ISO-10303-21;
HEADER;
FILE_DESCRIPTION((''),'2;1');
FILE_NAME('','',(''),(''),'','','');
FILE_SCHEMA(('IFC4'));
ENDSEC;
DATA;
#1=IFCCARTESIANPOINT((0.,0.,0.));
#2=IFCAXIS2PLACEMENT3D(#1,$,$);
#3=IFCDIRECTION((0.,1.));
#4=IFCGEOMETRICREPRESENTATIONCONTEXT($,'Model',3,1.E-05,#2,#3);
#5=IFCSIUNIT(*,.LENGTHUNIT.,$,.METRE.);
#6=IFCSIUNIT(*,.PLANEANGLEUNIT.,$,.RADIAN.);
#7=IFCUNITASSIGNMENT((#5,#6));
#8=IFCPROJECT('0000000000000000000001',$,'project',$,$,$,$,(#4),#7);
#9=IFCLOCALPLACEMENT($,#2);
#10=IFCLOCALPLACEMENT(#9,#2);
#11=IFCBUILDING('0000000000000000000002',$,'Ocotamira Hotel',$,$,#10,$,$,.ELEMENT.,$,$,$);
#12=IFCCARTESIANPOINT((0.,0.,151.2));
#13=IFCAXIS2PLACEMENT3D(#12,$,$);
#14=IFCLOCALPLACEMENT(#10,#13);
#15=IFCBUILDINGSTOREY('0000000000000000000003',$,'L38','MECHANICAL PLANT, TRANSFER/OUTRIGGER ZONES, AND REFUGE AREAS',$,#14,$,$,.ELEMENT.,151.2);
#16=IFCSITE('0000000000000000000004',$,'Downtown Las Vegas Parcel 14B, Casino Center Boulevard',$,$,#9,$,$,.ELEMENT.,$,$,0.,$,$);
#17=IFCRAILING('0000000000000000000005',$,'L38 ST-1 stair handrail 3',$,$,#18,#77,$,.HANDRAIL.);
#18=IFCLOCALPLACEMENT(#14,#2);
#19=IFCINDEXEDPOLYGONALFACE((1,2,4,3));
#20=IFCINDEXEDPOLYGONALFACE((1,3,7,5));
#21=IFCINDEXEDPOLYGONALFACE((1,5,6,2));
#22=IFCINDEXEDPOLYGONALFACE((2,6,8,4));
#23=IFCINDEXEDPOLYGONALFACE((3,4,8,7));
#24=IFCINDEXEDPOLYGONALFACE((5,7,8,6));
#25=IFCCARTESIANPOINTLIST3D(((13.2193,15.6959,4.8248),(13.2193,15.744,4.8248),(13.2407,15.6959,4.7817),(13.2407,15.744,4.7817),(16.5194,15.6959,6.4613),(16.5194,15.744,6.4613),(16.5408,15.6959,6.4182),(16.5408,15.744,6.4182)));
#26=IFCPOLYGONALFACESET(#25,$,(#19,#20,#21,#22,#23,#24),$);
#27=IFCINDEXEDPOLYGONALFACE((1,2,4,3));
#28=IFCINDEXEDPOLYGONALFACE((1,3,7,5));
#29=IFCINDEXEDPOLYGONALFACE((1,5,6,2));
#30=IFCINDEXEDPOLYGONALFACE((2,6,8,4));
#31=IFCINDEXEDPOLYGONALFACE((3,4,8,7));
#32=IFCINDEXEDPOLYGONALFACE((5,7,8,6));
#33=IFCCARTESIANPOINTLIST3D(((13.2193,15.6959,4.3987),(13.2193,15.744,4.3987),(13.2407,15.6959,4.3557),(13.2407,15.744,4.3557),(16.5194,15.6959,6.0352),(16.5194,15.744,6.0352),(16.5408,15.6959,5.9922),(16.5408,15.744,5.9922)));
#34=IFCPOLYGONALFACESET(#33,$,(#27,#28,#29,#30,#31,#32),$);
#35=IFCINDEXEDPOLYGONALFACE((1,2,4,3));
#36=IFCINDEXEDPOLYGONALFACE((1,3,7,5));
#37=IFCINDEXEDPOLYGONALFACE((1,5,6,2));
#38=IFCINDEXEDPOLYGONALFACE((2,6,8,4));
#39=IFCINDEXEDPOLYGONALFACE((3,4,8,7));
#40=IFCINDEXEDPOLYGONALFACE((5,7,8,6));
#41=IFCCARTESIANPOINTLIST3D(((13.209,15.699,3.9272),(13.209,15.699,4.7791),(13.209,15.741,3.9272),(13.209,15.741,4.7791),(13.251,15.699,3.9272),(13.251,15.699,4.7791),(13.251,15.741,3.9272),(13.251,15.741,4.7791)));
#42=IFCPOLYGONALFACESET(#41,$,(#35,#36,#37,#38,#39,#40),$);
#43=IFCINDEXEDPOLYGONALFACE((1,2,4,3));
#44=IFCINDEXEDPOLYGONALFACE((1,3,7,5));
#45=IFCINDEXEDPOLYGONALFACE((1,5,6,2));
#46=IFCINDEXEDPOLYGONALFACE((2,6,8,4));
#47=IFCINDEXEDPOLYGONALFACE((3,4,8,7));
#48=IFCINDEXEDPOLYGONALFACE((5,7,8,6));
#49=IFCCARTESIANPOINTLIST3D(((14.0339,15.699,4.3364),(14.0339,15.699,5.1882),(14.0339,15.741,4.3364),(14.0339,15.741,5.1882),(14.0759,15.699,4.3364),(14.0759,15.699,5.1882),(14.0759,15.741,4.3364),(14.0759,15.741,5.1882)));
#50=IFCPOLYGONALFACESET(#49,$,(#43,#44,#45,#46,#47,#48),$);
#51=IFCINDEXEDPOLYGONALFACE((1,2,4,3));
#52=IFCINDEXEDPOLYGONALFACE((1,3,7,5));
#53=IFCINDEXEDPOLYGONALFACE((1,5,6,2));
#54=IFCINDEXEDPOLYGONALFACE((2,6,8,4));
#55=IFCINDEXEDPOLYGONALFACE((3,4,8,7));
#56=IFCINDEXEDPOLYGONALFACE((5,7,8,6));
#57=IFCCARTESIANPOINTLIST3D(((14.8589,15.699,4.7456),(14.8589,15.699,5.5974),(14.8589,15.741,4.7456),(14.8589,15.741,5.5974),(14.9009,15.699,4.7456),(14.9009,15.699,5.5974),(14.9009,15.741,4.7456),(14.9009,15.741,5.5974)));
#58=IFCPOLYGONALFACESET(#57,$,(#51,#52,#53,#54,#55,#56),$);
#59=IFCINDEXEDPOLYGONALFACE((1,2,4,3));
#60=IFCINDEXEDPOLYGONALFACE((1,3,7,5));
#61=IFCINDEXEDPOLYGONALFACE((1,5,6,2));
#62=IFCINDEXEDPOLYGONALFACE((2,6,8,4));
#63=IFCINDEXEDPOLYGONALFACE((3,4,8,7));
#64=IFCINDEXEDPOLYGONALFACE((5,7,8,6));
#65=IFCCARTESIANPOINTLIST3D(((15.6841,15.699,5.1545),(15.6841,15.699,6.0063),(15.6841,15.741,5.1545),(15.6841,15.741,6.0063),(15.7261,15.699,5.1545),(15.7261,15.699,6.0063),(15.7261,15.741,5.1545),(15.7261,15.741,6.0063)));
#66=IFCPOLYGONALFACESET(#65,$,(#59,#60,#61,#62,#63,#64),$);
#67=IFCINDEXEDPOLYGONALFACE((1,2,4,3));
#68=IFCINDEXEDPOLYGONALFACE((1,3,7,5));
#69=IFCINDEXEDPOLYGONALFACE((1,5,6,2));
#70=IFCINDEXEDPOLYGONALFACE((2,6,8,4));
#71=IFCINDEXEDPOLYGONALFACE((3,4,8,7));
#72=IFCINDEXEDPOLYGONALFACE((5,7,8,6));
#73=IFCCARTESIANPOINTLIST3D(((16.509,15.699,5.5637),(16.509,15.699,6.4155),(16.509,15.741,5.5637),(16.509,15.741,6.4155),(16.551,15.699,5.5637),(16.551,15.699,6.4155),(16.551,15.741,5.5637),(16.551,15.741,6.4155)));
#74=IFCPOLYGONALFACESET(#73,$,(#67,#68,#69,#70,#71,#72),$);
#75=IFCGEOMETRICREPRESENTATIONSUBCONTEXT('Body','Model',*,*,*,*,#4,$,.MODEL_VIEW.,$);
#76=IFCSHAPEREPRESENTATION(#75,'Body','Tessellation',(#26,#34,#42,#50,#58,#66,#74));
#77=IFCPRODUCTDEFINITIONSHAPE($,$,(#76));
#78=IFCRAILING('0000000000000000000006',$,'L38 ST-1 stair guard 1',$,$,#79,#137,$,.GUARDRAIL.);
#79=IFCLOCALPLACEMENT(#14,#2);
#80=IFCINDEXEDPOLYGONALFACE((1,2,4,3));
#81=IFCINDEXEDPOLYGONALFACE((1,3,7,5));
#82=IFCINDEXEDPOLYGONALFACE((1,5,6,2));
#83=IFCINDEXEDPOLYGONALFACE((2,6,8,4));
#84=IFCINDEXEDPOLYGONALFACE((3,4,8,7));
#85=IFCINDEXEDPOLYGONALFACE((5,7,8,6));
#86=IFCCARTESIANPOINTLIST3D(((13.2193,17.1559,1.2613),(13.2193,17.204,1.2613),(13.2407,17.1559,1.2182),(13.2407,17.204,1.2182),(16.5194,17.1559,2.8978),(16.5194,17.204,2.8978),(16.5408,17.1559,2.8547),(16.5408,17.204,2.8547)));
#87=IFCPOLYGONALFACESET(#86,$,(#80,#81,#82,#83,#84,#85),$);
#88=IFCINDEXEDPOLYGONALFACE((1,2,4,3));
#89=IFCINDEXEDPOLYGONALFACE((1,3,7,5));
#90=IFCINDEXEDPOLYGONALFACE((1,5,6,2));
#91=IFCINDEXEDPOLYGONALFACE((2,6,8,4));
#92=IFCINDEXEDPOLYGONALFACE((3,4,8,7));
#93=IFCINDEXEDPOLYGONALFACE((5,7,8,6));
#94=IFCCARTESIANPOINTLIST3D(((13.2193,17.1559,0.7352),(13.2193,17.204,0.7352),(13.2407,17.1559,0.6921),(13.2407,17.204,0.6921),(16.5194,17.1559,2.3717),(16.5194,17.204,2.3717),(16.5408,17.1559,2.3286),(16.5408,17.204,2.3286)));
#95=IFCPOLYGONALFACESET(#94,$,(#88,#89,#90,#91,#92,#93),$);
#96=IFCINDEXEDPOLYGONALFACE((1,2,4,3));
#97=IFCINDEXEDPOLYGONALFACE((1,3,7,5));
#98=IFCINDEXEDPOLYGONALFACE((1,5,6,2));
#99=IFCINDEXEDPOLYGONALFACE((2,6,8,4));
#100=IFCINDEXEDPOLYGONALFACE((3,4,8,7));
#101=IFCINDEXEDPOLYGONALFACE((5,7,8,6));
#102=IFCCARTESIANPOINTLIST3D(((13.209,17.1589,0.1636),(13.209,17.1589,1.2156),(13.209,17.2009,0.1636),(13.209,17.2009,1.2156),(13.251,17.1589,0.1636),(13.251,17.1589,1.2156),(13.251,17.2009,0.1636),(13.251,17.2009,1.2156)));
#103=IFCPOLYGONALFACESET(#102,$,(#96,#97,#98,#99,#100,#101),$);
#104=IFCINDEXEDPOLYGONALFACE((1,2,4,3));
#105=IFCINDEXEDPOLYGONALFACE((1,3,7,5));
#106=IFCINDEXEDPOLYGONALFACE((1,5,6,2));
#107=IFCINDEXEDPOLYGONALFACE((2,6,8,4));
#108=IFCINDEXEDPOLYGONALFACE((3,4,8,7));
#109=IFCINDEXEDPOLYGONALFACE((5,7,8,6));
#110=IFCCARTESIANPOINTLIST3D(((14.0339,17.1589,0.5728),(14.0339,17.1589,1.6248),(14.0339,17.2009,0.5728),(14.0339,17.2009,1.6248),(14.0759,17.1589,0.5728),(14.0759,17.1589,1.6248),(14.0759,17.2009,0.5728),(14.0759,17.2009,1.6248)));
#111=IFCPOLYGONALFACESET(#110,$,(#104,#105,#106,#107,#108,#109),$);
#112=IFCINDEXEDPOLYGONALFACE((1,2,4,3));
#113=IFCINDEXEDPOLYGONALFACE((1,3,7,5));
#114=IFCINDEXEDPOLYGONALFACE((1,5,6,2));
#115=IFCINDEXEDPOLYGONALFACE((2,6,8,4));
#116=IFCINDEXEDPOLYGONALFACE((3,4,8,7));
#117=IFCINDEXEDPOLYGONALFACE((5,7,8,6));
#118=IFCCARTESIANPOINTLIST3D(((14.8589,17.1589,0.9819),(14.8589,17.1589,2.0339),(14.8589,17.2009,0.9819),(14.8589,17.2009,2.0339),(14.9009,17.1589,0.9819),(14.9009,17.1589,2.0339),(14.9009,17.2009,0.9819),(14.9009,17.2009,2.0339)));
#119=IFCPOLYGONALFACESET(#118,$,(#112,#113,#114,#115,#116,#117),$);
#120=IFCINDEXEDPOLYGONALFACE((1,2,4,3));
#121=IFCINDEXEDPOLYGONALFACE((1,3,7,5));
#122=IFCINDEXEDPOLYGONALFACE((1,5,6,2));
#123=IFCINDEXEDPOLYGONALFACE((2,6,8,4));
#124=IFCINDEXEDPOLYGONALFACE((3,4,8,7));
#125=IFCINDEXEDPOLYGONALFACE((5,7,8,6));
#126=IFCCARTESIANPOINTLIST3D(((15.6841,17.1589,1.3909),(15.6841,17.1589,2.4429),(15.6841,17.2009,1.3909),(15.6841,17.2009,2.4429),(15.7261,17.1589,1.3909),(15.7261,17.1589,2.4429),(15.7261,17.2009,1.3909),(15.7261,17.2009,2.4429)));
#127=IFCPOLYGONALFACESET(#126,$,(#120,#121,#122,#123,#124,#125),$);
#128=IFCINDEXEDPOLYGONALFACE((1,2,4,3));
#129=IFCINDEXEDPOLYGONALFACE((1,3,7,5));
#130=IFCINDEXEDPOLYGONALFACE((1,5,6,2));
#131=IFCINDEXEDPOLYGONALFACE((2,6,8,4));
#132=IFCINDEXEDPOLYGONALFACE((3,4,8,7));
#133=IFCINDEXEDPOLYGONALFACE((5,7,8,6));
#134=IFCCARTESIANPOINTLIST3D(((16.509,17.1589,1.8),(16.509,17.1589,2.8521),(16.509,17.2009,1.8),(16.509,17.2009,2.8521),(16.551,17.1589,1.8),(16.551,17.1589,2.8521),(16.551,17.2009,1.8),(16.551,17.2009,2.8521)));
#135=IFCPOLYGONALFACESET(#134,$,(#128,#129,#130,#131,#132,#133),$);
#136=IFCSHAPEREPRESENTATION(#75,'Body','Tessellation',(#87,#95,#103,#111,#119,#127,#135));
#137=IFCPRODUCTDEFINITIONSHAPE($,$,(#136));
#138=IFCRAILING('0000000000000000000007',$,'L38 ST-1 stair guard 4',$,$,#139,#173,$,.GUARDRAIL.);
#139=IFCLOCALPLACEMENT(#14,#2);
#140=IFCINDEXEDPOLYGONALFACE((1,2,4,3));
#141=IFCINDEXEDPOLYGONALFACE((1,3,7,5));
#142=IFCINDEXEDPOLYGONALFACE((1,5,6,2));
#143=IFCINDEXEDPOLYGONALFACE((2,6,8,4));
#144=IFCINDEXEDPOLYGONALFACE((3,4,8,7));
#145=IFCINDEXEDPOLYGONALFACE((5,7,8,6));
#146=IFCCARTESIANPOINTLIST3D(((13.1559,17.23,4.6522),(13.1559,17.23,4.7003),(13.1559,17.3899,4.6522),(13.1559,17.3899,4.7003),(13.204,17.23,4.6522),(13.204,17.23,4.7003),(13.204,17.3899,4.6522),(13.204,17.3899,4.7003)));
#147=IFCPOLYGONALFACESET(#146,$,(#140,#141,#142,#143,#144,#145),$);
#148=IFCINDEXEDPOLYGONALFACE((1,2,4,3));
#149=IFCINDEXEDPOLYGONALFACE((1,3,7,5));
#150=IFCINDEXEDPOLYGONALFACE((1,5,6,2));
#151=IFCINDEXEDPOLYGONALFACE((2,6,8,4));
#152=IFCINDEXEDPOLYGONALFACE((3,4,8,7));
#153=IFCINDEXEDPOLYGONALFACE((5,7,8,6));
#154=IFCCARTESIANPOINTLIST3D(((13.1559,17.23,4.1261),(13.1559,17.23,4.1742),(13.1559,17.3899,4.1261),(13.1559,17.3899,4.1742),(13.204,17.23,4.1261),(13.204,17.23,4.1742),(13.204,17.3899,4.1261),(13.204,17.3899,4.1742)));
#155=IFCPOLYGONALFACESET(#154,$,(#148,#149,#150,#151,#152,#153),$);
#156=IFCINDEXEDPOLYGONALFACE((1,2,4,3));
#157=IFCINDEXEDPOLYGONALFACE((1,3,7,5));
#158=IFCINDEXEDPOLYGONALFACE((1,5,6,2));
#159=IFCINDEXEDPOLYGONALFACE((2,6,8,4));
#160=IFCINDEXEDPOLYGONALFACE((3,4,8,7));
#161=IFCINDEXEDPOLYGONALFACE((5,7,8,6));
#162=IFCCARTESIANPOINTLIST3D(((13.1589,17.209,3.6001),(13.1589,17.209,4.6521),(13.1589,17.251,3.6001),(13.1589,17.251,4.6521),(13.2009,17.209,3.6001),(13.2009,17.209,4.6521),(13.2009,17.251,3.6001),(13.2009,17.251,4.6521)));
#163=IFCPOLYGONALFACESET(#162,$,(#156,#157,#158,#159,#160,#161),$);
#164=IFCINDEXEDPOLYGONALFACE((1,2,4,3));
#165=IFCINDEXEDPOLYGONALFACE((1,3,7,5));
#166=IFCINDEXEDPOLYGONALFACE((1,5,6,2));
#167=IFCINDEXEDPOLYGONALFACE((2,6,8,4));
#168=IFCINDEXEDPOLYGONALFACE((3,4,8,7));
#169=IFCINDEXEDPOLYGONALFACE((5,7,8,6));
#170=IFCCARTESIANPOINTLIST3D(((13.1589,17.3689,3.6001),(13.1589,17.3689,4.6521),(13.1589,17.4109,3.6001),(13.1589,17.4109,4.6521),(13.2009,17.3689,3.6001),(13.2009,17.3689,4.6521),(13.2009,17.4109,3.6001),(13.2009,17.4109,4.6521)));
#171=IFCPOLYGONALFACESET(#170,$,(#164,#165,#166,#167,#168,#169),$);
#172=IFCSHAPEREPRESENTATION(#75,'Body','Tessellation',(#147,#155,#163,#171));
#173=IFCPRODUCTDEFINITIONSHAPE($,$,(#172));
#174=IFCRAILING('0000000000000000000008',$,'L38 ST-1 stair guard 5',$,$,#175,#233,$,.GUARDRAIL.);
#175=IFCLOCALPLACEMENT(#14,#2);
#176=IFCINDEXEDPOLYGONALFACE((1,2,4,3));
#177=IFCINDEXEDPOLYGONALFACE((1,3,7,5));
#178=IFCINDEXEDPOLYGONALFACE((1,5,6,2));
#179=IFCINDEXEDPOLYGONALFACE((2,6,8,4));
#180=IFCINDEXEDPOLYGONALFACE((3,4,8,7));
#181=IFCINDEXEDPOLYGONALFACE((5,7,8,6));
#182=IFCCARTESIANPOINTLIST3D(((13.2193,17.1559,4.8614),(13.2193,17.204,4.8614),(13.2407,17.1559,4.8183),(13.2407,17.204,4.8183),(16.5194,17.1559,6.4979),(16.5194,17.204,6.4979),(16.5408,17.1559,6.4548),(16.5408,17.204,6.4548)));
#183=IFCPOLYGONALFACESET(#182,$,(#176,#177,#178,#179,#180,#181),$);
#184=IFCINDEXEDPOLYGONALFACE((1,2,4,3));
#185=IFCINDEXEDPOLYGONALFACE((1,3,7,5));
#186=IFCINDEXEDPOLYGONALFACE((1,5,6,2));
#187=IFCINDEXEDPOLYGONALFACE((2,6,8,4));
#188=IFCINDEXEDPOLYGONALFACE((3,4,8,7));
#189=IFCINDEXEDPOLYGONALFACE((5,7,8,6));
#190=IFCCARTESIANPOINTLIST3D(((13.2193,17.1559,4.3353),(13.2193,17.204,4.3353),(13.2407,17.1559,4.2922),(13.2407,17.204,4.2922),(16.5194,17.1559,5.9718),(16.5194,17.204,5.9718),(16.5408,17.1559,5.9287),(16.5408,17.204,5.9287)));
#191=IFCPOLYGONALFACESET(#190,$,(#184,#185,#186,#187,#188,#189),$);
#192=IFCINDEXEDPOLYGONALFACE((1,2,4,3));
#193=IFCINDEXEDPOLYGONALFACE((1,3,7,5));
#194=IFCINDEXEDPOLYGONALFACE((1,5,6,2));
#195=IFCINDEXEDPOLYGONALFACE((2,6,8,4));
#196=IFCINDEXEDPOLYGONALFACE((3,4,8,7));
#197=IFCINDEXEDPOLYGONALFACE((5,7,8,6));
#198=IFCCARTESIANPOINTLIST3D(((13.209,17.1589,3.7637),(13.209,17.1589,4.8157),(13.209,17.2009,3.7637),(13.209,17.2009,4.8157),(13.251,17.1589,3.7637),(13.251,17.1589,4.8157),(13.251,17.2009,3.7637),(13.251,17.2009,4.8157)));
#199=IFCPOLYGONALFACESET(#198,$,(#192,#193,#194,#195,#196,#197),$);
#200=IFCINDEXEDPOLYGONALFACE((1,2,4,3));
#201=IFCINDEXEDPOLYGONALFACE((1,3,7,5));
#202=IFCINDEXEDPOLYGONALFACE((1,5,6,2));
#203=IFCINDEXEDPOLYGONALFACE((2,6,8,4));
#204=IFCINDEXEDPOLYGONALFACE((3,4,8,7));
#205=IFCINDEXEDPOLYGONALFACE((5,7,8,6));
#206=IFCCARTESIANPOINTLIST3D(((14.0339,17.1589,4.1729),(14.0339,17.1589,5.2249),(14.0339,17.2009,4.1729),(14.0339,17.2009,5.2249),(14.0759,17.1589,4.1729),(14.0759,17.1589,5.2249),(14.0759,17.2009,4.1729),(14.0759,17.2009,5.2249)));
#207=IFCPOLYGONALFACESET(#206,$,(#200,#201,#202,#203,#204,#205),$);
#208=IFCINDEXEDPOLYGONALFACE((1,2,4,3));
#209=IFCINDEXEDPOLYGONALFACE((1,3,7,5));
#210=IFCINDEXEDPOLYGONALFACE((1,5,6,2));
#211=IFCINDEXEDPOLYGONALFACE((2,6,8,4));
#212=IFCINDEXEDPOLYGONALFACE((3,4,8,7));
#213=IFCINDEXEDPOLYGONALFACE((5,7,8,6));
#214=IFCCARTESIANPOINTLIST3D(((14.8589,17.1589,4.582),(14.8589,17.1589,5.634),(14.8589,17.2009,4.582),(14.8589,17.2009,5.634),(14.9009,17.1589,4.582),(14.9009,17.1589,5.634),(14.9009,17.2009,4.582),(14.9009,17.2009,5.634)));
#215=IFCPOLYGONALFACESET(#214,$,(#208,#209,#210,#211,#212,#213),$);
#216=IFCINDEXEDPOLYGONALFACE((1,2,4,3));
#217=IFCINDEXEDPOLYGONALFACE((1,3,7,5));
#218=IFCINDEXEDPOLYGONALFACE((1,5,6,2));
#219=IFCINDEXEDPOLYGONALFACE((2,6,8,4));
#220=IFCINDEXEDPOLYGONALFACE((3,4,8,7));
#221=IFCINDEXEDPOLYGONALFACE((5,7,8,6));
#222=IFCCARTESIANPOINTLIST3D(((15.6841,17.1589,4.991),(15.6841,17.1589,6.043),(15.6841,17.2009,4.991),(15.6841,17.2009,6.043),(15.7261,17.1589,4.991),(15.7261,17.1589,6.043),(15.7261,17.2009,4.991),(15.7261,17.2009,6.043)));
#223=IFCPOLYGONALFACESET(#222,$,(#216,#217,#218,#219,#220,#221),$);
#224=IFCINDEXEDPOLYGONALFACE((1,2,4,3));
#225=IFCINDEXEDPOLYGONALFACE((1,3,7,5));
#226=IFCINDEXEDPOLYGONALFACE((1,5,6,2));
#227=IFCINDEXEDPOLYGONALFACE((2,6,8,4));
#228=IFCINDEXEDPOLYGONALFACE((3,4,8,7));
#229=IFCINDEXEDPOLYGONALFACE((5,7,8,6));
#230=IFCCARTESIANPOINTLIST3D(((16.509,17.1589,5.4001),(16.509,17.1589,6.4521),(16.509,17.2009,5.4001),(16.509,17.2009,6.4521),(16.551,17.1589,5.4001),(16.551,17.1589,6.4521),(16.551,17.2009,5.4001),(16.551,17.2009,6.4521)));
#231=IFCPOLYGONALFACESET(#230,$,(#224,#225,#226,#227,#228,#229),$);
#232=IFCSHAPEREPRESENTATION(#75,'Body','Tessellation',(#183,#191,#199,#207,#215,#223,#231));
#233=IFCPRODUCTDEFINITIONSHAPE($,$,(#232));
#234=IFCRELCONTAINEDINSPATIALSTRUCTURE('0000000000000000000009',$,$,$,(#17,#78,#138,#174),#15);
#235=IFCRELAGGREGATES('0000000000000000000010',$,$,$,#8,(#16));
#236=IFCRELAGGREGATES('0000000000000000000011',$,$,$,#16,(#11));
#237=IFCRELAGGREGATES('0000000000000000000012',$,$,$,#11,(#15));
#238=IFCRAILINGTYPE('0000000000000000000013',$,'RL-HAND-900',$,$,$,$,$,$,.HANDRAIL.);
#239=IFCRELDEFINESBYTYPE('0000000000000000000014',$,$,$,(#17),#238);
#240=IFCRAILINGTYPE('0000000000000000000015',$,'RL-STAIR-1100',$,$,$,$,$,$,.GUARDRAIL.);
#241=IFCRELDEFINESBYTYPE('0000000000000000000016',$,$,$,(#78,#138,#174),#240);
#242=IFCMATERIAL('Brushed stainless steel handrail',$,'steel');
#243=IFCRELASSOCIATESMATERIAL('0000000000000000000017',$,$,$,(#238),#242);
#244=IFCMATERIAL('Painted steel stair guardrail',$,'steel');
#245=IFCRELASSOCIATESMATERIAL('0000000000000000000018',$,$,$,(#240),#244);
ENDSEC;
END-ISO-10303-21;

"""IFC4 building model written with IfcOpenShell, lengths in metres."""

from ifc_helpers import new_model, si_unit, direction, frame, origin, origin_2d, place, context, subcontext, project, spatial, rectangle, extrude, material, type_object, element, save


model = new_model("IFC4")

# Units and contexts
model_context = context("Model", 3, precision=1e-05, world=origin(), true_north=direction((0.0, 1.0)))
body_context = subcontext(model_context, "Body", "Model", "MODEL_VIEW")
ifc_project = project(units=[si_unit("LENGTHUNIT", "METRE"), si_unit("PLANEANGLEUNIT", "RADIAN")], contexts=[model_context])

# Site, building, storey
site_placement = place(None, origin())
site = spatial("IfcSite", under=ifc_project, at=site_placement, Name="Downtown Las Vegas Parcel 14B, Casino Center Boulevard", CompositionType="ELEMENT", RefElevation=0.0)
building_placement = place(site_placement, origin())
building = spatial("IfcBuilding", under=site, at=building_placement, Name="Ocotamira Hotel", CompositionType="ELEMENT")
storey_placement = place(building_placement, frame((0.0, 0.0, 151.2)))
storey = spatial("IfcBuildingStorey", under=building, at=storey_placement, Name="L38", Description="MECHANICAL PLANT, TRANSFER/OUTRIGGER ZONES, AND REFUGE AREAS", CompositionType="ELEMENT", Elevation=151.2)

# Railings
ifc_material_1 = material(Name="Brushed stainless steel handrail", Category="steel")
railing_type_1 = type_object("IfcRailingType", Name="RL-HAND-900", PredefinedType="HANDRAIL", material=ifc_material_1)
railing_1_placement = place(storey_placement, frame((13.23, 15.72, 3.9272)))
element("IfcRailing", 1, at=railing_1_placement, inside=storey, type_object=railing_type_1, Name="L38 ST-1 stair handrail 3", PredefinedType="HANDRAIL", context=body_context, shape_type="SweptSolid", body=[
    extrude(rectangle(XDim=0.0481, YDim=0.0481, at=origin_2d()), frame((0.0, 0.0, 0.876), z_axis=(0.895894, 0.0, 0.444268), x_axis=(0.0, 1.0, 0.0)), (0.0, 0.0, 1.0), 3.6836),
    extrude(rectangle(XDim=0.0481, YDim=0.0481, at=origin_2d()), frame((0.0, 0.0, 0.45), z_axis=(0.895894, 0.0, 0.444268), x_axis=(0.0, 1.0, 0.0)), (0.0, 0.0, 1.0), 3.6836),
    extrude(rectangle(XDim=0.042, YDim=0.042, at=origin_2d()), origin(), (0.0, 0.0, 1.0), 0.8518),
    extrude(rectangle(XDim=0.042, YDim=0.042, at=origin_2d()), frame((0.825, 0.0, 0.4092)), (0.0, 0.0, 1.0), 0.8518),
    extrude(rectangle(XDim=0.042, YDim=0.042, at=origin_2d()), frame((1.6499, 0.0, 0.8184)), (0.0, 0.0, 1.0), 0.8518),
    extrude(rectangle(XDim=0.042, YDim=0.042, at=origin_2d()), frame((2.4751, 0.0, 1.2273)), (0.0, 0.0, 1.0), 0.8518),
    extrude(rectangle(XDim=0.042, YDim=0.042, at=origin_2d()), frame((3.3, 0.0, 1.6365)), (0.0, 0.0, 1.0), 0.8518),
])
ifc_material_2 = material(Name="Painted steel stair guardrail", Category="steel")
railing_type_2 = type_object("IfcRailingType", Name="RL-STAIR-1100", PredefinedType="GUARDRAIL", material=ifc_material_2)
railing_2_placement = place(storey_placement, frame((13.23, 17.1799, 0.1636)))
element("IfcRailing", 2, at=railing_2_placement, inside=storey, type_object=railing_type_2, Name="L38 ST-1 stair guard 1", PredefinedType="GUARDRAIL", context=body_context, shape_type="SweptSolid", body=[
    extrude(rectangle(XDim=0.0481, YDim=0.0481, at=origin_2d()), frame((0.0, 0.0, 1.0762), z_axis=(0.895894, 0.0, 0.444268), x_axis=(0.0, 1.0, 0.0)), (0.0, 0.0, 1.0), 3.6836),
    extrude(rectangle(XDim=0.0481, YDim=0.0481, at=origin_2d()), frame((0.0, 0.0, 0.55), z_axis=(0.895894, 0.0, 0.444268), x_axis=(0.0, 1.0, 0.0)), (0.0, 0.0, 1.0), 3.6836),
    extrude(rectangle(XDim=0.042, YDim=0.042, at=origin_2d()), origin(), (0.0, 0.0, 1.0), 1.052),
    extrude(rectangle(XDim=0.042, YDim=0.042, at=origin_2d()), frame((0.825, 0.0, 0.4092)), (0.0, 0.0, 1.0), 1.052),
    extrude(rectangle(XDim=0.042, YDim=0.042, at=origin_2d()), frame((1.6499, 0.0, 0.8184)), (0.0, 0.0, 1.0), 1.052),
    extrude(rectangle(XDim=0.042, YDim=0.042, at=origin_2d()), frame((2.4751, 0.0, 1.2273)), (0.0, 0.0, 1.0), 1.052),
    extrude(rectangle(XDim=0.042, YDim=0.042, at=origin_2d()), frame((3.3, 0.0, 1.6365)), (0.0, 0.0, 1.0), 1.052),
])
railing_3_placement = place(storey_placement, frame((13.1799, 17.23, 3.6001)))
element("IfcRailing", 3, at=railing_3_placement, inside=storey, type_object=railing_type_2, Name="L38 ST-1 stair guard 4", PredefinedType="GUARDRAIL", context=body_context, shape_type="SweptSolid", body=[
    extrude(rectangle(XDim=0.0481, YDim=0.0481, at=origin_2d()), frame((0.0, 0.0, 1.0762), z_axis=(0.0, 1.0, 0.0), x_axis=(-1.0, 0.0, 0.0)), (0.0, 0.0, 1.0), 0.1599),
    extrude(rectangle(XDim=0.0481, YDim=0.0481, at=origin_2d()), frame((0.0, 0.0, 0.55), z_axis=(0.0, 1.0, 0.0), x_axis=(-1.0, 0.0, 0.0)), (0.0, 0.0, 1.0), 0.1599),
    extrude(rectangle(XDim=0.042, YDim=0.042, at=origin_2d()), origin(), (0.0, 0.0, 1.0), 1.052),
    extrude(rectangle(XDim=0.042, YDim=0.042, at=origin_2d()), frame((0.0, 0.1599, 0.0)), (0.0, 0.0, 1.0), 1.052),
])
railing_4_placement = place(storey_placement, frame((13.23, 17.1799, 3.7637)))
element("IfcRailing", 4, at=railing_4_placement, inside=storey, type_object=railing_type_2, Name="L38 ST-1 stair guard 5", PredefinedType="GUARDRAIL", context=body_context, shape_type="SweptSolid", body=[
    extrude(rectangle(XDim=0.0481, YDim=0.0481, at=origin_2d()), frame((0.0, 0.0, 1.0762), z_axis=(0.895894, 0.0, 0.444268), x_axis=(0.0, 1.0, 0.0)), (0.0, 0.0, 1.0), 3.6836),
    extrude(rectangle(XDim=0.0481, YDim=0.0481, at=origin_2d()), frame((0.0, 0.0, 0.55), z_axis=(0.895894, 0.0, 0.444268), x_axis=(0.0, 1.0, 0.0)), (0.0, 0.0, 1.0), 3.6836),
    extrude(rectangle(XDim=0.042, YDim=0.042, at=origin_2d()), origin(), (0.0, 0.0, 1.0), 1.052),
    extrude(rectangle(XDim=0.042, YDim=0.042, at=origin_2d()), frame((0.825, 0.0, 0.4092)), (0.0, 0.0, 1.0), 1.052),
    extrude(rectangle(XDim=0.042, YDim=0.042, at=origin_2d()), frame((1.6499, 0.0, 0.8184)), (0.0, 0.0, 1.0), 1.052),
    extrude(rectangle(XDim=0.042, YDim=0.042, at=origin_2d()), frame((2.4751, 0.0, 1.2273)), (0.0, 0.0, 1.0), 1.052),
    extrude(rectangle(XDim=0.042, YDim=0.042, at=origin_2d()), frame((3.3, 0.0, 1.6365)), (0.0, 0.0, 1.0), 1.052),
])

save(model, "model.ifc")
